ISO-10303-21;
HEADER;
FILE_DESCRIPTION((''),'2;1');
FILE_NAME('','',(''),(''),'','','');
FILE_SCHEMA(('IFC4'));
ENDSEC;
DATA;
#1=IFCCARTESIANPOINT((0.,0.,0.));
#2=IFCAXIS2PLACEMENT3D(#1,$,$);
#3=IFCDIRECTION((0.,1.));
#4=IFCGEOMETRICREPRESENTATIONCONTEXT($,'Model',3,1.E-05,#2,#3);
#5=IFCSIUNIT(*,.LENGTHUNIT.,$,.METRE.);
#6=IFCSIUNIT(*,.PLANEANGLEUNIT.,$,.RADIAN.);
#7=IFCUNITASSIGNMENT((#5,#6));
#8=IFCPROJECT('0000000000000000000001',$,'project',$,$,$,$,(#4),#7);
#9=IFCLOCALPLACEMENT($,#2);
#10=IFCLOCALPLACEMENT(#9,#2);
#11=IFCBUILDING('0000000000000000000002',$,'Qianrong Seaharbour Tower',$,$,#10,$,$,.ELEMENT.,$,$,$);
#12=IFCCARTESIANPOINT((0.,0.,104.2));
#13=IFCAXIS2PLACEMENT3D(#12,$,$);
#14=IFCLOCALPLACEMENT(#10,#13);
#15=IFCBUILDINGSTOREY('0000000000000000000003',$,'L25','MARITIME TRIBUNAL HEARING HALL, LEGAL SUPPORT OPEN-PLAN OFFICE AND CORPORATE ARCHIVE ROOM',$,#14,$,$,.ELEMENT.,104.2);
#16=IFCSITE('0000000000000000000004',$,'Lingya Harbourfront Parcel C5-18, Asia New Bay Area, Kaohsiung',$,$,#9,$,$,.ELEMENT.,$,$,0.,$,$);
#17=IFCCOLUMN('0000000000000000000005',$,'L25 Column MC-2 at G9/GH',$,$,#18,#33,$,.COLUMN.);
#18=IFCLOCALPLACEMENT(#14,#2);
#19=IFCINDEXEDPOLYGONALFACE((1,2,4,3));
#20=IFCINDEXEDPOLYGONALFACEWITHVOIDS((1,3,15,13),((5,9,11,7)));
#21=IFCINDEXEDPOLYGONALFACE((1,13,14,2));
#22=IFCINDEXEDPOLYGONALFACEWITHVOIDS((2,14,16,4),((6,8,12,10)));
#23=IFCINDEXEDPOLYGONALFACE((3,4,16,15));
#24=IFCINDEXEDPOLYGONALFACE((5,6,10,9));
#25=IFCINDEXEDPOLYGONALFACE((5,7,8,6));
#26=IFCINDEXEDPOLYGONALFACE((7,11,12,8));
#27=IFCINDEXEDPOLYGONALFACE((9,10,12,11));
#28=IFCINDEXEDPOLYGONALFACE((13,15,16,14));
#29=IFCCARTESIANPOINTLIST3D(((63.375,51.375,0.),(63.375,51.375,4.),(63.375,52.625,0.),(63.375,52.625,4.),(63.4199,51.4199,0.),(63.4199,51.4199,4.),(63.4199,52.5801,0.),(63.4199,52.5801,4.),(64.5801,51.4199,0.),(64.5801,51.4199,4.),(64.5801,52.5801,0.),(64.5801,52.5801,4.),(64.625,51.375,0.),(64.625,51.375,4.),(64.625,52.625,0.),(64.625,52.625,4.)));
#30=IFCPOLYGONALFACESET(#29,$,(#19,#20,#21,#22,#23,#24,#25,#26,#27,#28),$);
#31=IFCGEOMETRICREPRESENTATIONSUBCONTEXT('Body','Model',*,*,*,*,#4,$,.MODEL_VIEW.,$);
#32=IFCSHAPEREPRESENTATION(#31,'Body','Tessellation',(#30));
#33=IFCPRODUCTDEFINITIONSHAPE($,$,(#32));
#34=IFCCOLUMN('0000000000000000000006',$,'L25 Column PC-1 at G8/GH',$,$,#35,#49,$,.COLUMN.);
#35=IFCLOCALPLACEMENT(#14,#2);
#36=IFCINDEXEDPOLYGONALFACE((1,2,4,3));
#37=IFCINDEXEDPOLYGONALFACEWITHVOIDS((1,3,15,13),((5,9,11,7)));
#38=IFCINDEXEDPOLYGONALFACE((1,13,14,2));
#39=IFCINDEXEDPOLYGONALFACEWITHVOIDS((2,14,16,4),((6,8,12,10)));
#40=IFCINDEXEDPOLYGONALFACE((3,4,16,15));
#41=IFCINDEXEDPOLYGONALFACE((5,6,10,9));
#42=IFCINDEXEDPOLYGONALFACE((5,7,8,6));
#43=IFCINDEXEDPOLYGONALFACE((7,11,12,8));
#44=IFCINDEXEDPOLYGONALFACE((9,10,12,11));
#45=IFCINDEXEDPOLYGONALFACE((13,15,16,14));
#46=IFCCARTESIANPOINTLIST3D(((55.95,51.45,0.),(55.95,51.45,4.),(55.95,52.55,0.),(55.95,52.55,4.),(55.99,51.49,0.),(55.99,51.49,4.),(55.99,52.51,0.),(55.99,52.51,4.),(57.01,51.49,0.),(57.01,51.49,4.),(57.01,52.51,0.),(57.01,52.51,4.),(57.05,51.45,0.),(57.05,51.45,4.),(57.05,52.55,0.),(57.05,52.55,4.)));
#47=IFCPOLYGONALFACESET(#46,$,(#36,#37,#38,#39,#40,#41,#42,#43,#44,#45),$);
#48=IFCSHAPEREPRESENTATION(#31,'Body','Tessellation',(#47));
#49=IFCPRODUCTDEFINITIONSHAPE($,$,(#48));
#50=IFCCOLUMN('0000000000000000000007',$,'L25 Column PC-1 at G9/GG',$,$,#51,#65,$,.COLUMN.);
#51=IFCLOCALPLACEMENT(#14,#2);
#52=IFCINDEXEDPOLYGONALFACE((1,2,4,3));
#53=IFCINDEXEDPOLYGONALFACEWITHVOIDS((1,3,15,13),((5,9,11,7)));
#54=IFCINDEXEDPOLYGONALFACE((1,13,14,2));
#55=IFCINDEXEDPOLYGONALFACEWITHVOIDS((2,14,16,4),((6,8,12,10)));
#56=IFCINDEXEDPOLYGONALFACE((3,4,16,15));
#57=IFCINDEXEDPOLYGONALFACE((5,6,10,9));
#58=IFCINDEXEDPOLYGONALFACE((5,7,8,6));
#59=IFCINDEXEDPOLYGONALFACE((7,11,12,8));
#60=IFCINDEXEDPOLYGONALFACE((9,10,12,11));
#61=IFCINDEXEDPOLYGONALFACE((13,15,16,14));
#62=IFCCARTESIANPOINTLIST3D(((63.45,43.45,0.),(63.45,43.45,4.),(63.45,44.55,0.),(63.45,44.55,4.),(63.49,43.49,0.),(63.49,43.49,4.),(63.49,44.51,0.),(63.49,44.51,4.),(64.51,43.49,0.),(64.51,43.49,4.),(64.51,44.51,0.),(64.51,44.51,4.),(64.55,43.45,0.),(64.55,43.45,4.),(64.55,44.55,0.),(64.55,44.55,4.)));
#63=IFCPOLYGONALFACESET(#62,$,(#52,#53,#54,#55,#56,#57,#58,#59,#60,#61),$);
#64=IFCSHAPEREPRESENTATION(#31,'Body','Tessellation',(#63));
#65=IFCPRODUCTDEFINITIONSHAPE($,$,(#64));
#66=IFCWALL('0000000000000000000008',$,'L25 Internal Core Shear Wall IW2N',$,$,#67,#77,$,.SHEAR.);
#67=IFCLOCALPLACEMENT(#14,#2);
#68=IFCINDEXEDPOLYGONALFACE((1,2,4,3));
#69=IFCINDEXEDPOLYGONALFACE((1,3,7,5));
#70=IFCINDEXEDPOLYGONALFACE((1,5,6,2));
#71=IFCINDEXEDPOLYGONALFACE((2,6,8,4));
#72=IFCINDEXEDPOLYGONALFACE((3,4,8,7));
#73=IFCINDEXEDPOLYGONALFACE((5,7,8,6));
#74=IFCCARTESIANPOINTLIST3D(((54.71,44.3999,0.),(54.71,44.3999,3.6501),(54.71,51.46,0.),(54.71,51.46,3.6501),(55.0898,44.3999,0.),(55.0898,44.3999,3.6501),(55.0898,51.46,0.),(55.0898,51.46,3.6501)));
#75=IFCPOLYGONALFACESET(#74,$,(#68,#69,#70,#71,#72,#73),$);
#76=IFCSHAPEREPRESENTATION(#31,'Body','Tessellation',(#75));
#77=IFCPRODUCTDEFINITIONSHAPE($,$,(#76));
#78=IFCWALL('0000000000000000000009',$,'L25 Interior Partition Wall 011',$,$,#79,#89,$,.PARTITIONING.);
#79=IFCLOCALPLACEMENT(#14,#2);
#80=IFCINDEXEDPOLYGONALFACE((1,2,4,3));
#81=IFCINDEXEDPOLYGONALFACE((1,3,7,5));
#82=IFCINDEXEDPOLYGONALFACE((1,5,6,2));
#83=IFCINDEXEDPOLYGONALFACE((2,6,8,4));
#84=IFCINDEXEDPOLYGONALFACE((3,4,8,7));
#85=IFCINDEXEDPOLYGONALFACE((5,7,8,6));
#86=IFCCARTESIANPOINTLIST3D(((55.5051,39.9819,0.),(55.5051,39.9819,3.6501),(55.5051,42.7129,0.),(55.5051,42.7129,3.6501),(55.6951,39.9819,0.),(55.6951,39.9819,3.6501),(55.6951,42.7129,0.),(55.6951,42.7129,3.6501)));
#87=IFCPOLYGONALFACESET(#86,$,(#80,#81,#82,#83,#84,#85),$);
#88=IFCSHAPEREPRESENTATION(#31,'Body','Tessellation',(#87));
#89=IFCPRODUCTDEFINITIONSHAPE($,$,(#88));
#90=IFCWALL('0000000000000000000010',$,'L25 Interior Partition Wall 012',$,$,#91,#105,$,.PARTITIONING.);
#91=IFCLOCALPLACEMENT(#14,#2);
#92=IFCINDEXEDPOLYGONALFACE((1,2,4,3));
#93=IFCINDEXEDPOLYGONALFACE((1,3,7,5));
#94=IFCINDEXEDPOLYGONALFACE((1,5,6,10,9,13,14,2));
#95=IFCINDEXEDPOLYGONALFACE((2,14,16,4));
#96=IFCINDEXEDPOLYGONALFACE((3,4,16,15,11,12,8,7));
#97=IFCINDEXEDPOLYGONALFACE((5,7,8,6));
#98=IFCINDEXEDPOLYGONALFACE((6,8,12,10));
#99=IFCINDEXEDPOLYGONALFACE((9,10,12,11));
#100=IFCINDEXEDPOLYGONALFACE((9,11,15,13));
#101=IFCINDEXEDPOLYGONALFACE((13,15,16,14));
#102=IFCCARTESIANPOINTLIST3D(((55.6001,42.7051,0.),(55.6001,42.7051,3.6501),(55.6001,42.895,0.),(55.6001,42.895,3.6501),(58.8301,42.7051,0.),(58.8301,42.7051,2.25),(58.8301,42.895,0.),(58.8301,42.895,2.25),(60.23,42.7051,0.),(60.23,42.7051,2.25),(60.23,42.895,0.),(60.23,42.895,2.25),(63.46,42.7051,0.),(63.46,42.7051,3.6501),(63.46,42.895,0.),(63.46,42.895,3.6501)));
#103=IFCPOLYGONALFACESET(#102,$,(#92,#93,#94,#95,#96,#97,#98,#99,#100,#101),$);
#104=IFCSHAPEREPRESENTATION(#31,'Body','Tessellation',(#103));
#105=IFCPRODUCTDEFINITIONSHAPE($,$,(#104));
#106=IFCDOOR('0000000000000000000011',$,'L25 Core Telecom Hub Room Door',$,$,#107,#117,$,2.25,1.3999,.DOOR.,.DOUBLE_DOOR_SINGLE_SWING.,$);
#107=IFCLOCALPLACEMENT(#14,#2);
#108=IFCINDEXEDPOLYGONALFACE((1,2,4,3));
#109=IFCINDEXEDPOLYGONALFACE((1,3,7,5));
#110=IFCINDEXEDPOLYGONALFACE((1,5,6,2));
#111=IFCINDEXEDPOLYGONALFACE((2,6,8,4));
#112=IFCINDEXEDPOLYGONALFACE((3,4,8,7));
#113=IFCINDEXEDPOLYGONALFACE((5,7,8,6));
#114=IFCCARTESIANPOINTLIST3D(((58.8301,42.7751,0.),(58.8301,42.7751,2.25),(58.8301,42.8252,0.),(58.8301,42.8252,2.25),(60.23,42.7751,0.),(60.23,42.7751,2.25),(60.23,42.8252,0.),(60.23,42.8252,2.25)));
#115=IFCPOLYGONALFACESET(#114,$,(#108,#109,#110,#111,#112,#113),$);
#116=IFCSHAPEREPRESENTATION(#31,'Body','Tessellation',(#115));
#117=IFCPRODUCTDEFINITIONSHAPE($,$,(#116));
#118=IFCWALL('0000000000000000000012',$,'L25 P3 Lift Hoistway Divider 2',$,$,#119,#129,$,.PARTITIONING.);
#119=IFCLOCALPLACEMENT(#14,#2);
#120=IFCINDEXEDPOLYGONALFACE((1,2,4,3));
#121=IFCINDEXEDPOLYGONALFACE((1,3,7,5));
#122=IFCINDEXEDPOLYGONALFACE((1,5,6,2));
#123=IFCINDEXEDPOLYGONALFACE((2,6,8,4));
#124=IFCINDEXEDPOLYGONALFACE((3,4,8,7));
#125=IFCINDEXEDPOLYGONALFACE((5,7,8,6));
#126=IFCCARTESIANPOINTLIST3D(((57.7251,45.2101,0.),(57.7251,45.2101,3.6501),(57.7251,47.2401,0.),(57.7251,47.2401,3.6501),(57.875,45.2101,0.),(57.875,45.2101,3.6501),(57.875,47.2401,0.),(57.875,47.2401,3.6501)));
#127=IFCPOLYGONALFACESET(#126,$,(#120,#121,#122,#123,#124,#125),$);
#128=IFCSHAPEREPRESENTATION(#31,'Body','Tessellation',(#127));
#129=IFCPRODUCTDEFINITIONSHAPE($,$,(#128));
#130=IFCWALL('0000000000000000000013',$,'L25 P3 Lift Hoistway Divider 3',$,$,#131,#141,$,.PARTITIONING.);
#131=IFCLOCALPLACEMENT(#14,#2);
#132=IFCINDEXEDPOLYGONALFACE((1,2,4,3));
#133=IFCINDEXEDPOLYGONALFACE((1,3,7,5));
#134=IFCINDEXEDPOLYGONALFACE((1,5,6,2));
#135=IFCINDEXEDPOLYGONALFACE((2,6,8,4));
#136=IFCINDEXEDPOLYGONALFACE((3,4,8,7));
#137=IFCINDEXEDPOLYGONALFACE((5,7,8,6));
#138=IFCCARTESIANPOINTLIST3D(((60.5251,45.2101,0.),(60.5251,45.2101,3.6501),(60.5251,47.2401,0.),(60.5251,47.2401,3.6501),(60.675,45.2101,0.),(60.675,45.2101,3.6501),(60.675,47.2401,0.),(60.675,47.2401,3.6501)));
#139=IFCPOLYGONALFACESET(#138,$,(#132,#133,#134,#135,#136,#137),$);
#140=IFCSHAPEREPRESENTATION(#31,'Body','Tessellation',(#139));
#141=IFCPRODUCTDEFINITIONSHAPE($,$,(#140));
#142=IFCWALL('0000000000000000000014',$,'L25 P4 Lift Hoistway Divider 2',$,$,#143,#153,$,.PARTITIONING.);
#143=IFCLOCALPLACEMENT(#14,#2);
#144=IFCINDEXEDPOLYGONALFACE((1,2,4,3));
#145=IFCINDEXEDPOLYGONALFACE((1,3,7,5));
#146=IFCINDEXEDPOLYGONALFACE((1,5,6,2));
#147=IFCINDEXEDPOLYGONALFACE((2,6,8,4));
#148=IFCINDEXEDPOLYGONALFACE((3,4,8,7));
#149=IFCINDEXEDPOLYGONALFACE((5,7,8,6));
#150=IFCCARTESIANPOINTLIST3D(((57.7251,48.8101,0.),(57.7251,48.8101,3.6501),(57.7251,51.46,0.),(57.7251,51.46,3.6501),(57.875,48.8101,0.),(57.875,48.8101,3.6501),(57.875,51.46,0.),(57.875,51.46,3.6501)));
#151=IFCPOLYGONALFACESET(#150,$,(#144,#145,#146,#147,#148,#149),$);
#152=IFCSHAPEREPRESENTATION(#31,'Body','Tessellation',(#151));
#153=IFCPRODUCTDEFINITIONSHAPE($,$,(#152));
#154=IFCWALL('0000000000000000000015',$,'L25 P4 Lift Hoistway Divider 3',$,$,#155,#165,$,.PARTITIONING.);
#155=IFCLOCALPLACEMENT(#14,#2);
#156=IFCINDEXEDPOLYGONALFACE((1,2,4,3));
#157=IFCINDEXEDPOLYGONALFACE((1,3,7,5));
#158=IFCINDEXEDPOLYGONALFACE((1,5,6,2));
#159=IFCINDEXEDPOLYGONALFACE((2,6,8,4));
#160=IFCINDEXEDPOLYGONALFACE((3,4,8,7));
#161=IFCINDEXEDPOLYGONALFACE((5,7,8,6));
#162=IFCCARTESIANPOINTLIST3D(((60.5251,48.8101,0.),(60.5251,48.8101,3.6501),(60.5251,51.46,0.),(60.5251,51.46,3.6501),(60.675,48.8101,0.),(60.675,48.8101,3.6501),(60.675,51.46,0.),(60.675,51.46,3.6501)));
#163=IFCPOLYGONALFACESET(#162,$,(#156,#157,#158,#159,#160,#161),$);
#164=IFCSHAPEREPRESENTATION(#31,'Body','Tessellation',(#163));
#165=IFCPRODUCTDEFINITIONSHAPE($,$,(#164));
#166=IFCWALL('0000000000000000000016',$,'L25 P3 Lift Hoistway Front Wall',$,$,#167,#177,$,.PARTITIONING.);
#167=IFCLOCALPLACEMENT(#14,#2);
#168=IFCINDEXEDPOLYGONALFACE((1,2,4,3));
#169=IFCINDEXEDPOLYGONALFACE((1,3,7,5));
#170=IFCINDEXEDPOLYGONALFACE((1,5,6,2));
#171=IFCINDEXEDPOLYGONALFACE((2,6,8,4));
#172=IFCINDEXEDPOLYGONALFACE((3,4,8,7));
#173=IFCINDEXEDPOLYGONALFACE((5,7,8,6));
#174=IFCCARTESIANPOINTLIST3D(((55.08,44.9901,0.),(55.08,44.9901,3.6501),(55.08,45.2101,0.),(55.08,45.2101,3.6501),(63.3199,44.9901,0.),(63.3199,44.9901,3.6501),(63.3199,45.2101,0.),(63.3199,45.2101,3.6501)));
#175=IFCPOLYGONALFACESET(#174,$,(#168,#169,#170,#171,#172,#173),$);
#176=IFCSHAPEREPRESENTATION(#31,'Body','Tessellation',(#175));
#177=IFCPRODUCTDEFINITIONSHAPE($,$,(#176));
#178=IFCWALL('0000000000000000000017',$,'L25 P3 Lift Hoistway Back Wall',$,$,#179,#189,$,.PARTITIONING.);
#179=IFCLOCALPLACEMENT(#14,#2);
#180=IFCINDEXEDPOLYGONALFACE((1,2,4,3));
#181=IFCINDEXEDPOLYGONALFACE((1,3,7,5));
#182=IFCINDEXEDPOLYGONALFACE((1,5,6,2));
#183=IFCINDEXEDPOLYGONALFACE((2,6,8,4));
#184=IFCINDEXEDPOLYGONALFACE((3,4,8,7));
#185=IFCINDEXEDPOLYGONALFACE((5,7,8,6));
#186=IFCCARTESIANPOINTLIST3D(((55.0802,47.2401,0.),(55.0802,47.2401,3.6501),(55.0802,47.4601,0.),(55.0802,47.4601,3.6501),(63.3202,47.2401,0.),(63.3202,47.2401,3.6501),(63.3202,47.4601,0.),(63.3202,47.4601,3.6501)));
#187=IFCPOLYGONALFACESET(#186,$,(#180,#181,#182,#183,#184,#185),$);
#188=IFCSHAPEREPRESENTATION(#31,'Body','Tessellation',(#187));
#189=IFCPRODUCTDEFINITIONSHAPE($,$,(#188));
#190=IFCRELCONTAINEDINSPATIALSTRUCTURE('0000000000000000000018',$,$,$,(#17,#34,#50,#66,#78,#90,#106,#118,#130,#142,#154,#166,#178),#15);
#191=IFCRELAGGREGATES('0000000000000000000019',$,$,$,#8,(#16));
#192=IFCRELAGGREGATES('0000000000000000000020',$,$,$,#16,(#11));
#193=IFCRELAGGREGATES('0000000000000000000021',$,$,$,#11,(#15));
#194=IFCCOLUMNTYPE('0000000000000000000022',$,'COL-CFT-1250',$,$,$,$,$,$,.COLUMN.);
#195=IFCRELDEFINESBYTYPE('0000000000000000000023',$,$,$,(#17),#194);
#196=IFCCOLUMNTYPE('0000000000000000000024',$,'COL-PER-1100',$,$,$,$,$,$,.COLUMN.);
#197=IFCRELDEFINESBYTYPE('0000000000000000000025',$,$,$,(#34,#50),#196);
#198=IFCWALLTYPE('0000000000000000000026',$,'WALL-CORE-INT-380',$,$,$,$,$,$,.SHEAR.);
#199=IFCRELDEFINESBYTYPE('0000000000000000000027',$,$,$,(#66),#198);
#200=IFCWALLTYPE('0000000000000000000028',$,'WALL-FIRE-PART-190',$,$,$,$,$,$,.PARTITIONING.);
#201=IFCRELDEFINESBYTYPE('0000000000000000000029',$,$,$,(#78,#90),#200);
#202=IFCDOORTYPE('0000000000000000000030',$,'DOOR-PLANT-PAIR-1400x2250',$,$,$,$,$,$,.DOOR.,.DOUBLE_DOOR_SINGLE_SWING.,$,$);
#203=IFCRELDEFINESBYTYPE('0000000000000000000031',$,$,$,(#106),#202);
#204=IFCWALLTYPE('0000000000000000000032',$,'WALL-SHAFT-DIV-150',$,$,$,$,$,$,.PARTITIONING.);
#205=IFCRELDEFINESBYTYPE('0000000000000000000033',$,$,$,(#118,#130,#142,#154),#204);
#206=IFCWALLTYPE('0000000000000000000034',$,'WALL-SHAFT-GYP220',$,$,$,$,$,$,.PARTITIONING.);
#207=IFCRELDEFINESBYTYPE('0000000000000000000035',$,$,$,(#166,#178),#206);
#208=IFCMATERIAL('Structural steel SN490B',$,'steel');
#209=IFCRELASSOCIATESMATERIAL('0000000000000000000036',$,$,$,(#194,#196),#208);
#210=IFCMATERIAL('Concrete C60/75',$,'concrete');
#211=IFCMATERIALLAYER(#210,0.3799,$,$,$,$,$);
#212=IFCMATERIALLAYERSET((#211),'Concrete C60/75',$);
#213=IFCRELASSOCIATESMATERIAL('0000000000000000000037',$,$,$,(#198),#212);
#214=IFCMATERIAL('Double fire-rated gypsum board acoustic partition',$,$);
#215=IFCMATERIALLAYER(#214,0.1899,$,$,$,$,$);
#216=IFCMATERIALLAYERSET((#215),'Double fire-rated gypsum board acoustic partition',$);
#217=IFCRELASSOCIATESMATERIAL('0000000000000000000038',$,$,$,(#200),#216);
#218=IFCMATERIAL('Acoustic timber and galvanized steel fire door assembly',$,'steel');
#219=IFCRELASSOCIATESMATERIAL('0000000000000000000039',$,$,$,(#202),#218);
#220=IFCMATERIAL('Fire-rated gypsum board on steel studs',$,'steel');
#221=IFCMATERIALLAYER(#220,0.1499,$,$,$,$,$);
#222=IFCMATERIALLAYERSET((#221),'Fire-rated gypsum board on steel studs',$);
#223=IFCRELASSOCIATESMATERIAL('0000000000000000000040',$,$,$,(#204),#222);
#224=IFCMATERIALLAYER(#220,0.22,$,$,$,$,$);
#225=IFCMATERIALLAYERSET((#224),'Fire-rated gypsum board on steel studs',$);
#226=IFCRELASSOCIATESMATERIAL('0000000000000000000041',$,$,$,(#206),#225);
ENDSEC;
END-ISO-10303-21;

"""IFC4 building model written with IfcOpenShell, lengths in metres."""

from ifc_helpers import new_model, si_unit, direction, frame, frame_2d, origin, origin_2d, place, context, subcontext, project, spatial, rectangle, hollow_rectangle, extrude, material, layer, layer_set, material_profile, profile_set, type_object, element, fill, save


model = new_model("IFC4")

# Units and contexts
model_context = context("Model", 3, precision=1e-05, world=origin(), true_north=direction((0.0, 1.0)))
body_context = subcontext(model_context, "Body", "Model", "MODEL_VIEW")
ifc_project = project(units=[si_unit("LENGTHUNIT", "METRE"), si_unit("PLANEANGLEUNIT", "RADIAN")], contexts=[model_context])

# Site, building, storey
site_placement = place(None, origin())
site = spatial("IfcSite", under=ifc_project, at=site_placement, Name="Lingya Harbourfront Parcel C5-18, Asia New Bay Area, Kaohsiung", CompositionType="ELEMENT", RefElevation=0.0)
building_placement = place(site_placement, origin())
building = spatial("IfcBuilding", under=site, at=building_placement, Name="Qianrong Seaharbour Tower", CompositionType="ELEMENT")
storey_placement = place(building_placement, frame((0.0, 0.0, 104.2)))
storey = spatial("IfcBuildingStorey", under=building, at=storey_placement, Name="L25", Description="MARITIME TRIBUNAL HEARING HALL, LEGAL SUPPORT OPEN-PLAN OFFICE AND CORPORATE ARCHIVE ROOM", CompositionType="ELEMENT", Elevation=104.2)

# Columns
ifc_material_1 = material(Name="Structural steel SN490B", Category="steel")
ifc_material_profile_1 = material_profile(ifc_material_1, hollow_rectangle(XDim=1.25, YDim=1.25, WallThickness=0.0449, at=origin_2d()), Name="BOX1250x1250x45")
ifc_profile_set_1 = profile_set([ifc_material_profile_1], Name="Structural steel SN490B")
column_type_1 = type_object("IfcColumnType", Name="COL-CFT-1250", PredefinedType="COLUMN", material=ifc_profile_set_1)
column_placement = place(storey_placement, frame((64.0, 52.0, 0.0), z_axis=(0.0, 0.0, 1.0), x_axis=(1.0, 0.0, 0.0)))
element("IfcColumn", 1, at=column_placement, inside=storey, type_object=column_type_1, Name="L25 Column MC-2 at G9/GH", PredefinedType="COLUMN", context=body_context, shape_type="SweptSolid", body=[
    extrude(hollow_rectangle(XDim=1.25, YDim=1.25, WallThickness=0.0449, at=origin_2d()), origin(), (0.0, 0.0, 1.0), 4.0),
])
ifc_material_profile_2 = material_profile(ifc_material_1, hollow_rectangle(XDim=1.1001, YDim=1.1001, WallThickness=0.04, at=origin_2d()), Name="BOX1100x1100x40")
ifc_profile_set_2 = profile_set([ifc_material_profile_2], Name="Structural steel SN490B")
column_type_2 = type_object("IfcColumnType", Name="COL-PER-1100", PredefinedType="COLUMN", material=ifc_profile_set_2)
for number, where, z_axis, x_axis, name in (
    (2, (56.5, 52.0, 0.0), (0.0, 0.0, 1.0), (1.0, 0.0, 0.0), "L25 Column PC-1 at G8/GH"),
    (3, (64.0, 44.0, 0.0), (0.0, 0.0, 1.0), (1.0, 0.0, 0.0), "L25 Column PC-1 at G9/GG"),
):
    element("IfcColumn", number, at=place(storey_placement, frame(where, z_axis=z_axis, x_axis=x_axis)), inside=storey, type_object=column_type_2, Name=name, PredefinedType="COLUMN", context=body_context, shape_type="SweptSolid", body=[
        extrude(hollow_rectangle(XDim=1.1001, YDim=1.1001, WallThickness=0.04, at=origin_2d()), origin(), (0.0, 0.0, 1.0), 4.0),
    ])

# Wall
ifc_material_2 = material(Name="Concrete C60/75", Category="concrete")
ifc_layer_1 = layer(ifc_material_2, 0.3799)
ifc_layer_set_1 = layer_set([ifc_layer_1], Name="Concrete C60/75")
wall_type_1 = type_object("IfcWallType", Name="WALL-CORE-INT-380", PredefinedType="SHEAR", material=ifc_layer_set_1)
wall_1_placement = place(storey_placement, frame((54.8999, 44.3999, 0.0), z_axis=(0.0, 0.0, 1.0), x_axis=(0.0, 1.0, 0.0)))
element("IfcWall", 4, at=wall_1_placement, inside=storey, type_object=wall_type_1, Name="L25 Internal Core Shear Wall IW2N", PredefinedType="SHEAR", context=body_context, shape_type="SweptSolid", body=[
    extrude(rectangle(XDim=7.0601, YDim=0.3799, at=frame_2d((3.53, 0.0))), origin(), (0.0, 0.0, 1.0), 3.6501),
])

# Shared definitions
ifc_material_3 = material(Name="Double fire-rated gypsum board acoustic partition")
ifc_layer_2 = layer(ifc_material_3, 0.1899)
ifc_layer_set_2 = layer_set([ifc_layer_2], Name="Double fire-rated gypsum board acoustic partition")
wall_type_2 = type_object("IfcWallType", Name="WALL-FIRE-PART-190", PredefinedType="PARTITIONING", material=ifc_layer_set_2)
ifc_material_4 = material(Name="Acoustic timber and galvanized steel fire door assembly", Category="steel")

# Wall
wall_2_placement = place(storey_placement, frame((55.6001, 42.7129, 0.0), z_axis=(0.0, 0.0, 1.0), x_axis=(0.0, -1.0, 0.0)))
element("IfcWall", 5, at=wall_2_placement, inside=storey, type_object=wall_type_2, Name="L25 Interior Partition Wall 011", PredefinedType="PARTITIONING", context=body_context, shape_type="SweptSolid", body=[
    extrude(rectangle(XDim=2.731, YDim=0.1899, at=frame_2d((1.3655, 0.0))), origin(), (0.0, 0.0, 1.0), 3.6501),
])

# Wall, opening, door
wall_3_placement = place(storey_placement, frame((63.46, 42.8, 0.0), z_axis=(0.0, 0.0, 1.0), x_axis=(-1.0, 0.0, 0.0)))
wall_3 = element("IfcWall", 6, at=wall_3_placement, inside=storey, type_object=wall_type_2, Name="L25 Interior Partition Wall 012", PredefinedType="PARTITIONING", context=body_context, shape_type="SweptSolid", body=[
    extrude(rectangle(XDim=7.8599, YDim=0.1899, at=frame_2d((3.9299, 0.0))), origin(), (0.0, 0.0, 1.0), 3.6501),
])
opening_1_placement = place(wall_3_placement, frame((3.23, 0.0, 0.0)))
opening_1 = element("IfcOpeningElement", 7, at=opening_1_placement, cuts=wall_3, PredefinedType="OPENING", context=body_context, shape_type="SweptSolid", body=[
    extrude(rectangle(XDim=1.3999, YDim=2.25, at=frame_2d((0.7, 1.125))), frame((0.0, 0.105, 0.0), z_axis=(0.0, -1.0, 0.0), x_axis=(1.0, 0.0, 0.0)), (0.0, 0.0, 1.0), 0.21),
])
door_type_1 = type_object("IfcDoorType", Name="DOOR-PLANT-PAIR-1400x2250", OperationType="DOUBLE_DOOR_SINGLE_SWING", PredefinedType="DOOR", material=ifc_material_4)
door_1_placement = place(opening_1_placement, origin())
door_1 = element("IfcDoor", 8, at=door_1_placement, inside=storey, type_object=door_type_1, Name="L25 Core Telecom Hub Room Door", OperationType="DOUBLE_DOOR_SINGLE_SWING", OverallHeight=2.25, OverallWidth=1.3999, PredefinedType="DOOR", context=body_context, shape_type="SweptSolid", body=[
    extrude(rectangle(XDim=1.3999, YDim=2.25, at=frame_2d((0.7, 1.125))), frame((0.0, 0.0249, 0.0), z_axis=(0.0, -1.0, 0.0), x_axis=(1.0, 0.0, 0.0)), (0.0, 0.0, 1.0), 0.05),
])
fill(opening_1, door_1)

# Walls
ifc_material_5 = material(Name="Fire-rated gypsum board on steel studs", Category="steel")
ifc_layer_3 = layer(ifc_material_5, 0.1499)
ifc_layer_set_3 = layer_set([ifc_layer_3], Name="Fire-rated gypsum board on steel studs")
wall_type_3 = type_object("IfcWallType", Name="WALL-SHAFT-DIV-150", PredefinedType="PARTITIONING", material=ifc_layer_set_3)
for number, where, z_axis, x_axis, name in (
    (9, (57.8, 45.21, 0.0), (0.0, 0.0, 1.0), (0.0, 1.0, 0.0), "L25 P3 Lift Hoistway Divider 2"),
    (10, (60.6001, 45.21, 0.0), (0.0, 0.0, 1.0), (0.0, 1.0, 0.0), "L25 P3 Lift Hoistway Divider 3"),
):
    element("IfcWall", number, at=place(storey_placement, frame(where, z_axis=z_axis, x_axis=x_axis)), inside=storey, type_object=wall_type_3, Name=name, PredefinedType="PARTITIONING", context=body_context, shape_type="SweptSolid", body=[
        extrude(rectangle(XDim=2.03, YDim=0.1499, at=frame_2d((1.0151, 0.0))), origin(), (0.0, 0.0, 1.0), 3.6501),
    ])
for number, where, z_axis, x_axis, name in (
    (11, (57.8, 48.8101, 0.0), (0.0, 0.0, 1.0), (0.0, 1.0, 0.0), "L25 P4 Lift Hoistway Divider 2"),
    (12, (60.6001, 48.8101, 0.0), (0.0, 0.0, 1.0), (0.0, 1.0, 0.0), "L25 P4 Lift Hoistway Divider 3"),
):
    element("IfcWall", number, at=place(storey_placement, frame(where, z_axis=z_axis, x_axis=x_axis)), inside=storey, type_object=wall_type_3, Name=name, PredefinedType="PARTITIONING", context=body_context, shape_type="SweptSolid", body=[
        extrude(rectangle(XDim=2.6499, YDim=0.1499, at=frame_2d((1.325, 0.0))), origin(), (0.0, 0.0, 1.0), 3.6501),
    ])
ifc_layer_4 = layer(ifc_material_5, 0.22)
ifc_layer_set_4 = layer_set([ifc_layer_4], Name="Fire-rated gypsum board on steel studs")
wall_type_4 = type_object("IfcWallType", Name="WALL-SHAFT-GYP220", PredefinedType="PARTITIONING", material=ifc_layer_set_4)
for number, where, z_axis, x_axis, name in (
    (13, (63.3201, 45.1001, 0.0), (0.0, 0.0, 1.0), (-1.0, 0.0, 0.0), "L25 P3 Lift Hoistway Front Wall"),
    (14, (55.0801, 47.3501, 0.0), (0.0, 0.0, 1.0), (1.0, 0.0, 0.0), "L25 P3 Lift Hoistway Back Wall"),
):
    element("IfcWall", number, at=place(storey_placement, frame(where, z_axis=z_axis, x_axis=x_axis)), inside=storey, type_object=wall_type_4, Name=name, PredefinedType="PARTITIONING", context=body_context, shape_type="SweptSolid", body=[
        extrude(rectangle(XDim=8.24, YDim=0.22, at=frame_2d((4.1201, 0.0))), origin(), (0.0, 0.0, 1.0), 3.6501),
    ])

save(model, "model.ifc")
